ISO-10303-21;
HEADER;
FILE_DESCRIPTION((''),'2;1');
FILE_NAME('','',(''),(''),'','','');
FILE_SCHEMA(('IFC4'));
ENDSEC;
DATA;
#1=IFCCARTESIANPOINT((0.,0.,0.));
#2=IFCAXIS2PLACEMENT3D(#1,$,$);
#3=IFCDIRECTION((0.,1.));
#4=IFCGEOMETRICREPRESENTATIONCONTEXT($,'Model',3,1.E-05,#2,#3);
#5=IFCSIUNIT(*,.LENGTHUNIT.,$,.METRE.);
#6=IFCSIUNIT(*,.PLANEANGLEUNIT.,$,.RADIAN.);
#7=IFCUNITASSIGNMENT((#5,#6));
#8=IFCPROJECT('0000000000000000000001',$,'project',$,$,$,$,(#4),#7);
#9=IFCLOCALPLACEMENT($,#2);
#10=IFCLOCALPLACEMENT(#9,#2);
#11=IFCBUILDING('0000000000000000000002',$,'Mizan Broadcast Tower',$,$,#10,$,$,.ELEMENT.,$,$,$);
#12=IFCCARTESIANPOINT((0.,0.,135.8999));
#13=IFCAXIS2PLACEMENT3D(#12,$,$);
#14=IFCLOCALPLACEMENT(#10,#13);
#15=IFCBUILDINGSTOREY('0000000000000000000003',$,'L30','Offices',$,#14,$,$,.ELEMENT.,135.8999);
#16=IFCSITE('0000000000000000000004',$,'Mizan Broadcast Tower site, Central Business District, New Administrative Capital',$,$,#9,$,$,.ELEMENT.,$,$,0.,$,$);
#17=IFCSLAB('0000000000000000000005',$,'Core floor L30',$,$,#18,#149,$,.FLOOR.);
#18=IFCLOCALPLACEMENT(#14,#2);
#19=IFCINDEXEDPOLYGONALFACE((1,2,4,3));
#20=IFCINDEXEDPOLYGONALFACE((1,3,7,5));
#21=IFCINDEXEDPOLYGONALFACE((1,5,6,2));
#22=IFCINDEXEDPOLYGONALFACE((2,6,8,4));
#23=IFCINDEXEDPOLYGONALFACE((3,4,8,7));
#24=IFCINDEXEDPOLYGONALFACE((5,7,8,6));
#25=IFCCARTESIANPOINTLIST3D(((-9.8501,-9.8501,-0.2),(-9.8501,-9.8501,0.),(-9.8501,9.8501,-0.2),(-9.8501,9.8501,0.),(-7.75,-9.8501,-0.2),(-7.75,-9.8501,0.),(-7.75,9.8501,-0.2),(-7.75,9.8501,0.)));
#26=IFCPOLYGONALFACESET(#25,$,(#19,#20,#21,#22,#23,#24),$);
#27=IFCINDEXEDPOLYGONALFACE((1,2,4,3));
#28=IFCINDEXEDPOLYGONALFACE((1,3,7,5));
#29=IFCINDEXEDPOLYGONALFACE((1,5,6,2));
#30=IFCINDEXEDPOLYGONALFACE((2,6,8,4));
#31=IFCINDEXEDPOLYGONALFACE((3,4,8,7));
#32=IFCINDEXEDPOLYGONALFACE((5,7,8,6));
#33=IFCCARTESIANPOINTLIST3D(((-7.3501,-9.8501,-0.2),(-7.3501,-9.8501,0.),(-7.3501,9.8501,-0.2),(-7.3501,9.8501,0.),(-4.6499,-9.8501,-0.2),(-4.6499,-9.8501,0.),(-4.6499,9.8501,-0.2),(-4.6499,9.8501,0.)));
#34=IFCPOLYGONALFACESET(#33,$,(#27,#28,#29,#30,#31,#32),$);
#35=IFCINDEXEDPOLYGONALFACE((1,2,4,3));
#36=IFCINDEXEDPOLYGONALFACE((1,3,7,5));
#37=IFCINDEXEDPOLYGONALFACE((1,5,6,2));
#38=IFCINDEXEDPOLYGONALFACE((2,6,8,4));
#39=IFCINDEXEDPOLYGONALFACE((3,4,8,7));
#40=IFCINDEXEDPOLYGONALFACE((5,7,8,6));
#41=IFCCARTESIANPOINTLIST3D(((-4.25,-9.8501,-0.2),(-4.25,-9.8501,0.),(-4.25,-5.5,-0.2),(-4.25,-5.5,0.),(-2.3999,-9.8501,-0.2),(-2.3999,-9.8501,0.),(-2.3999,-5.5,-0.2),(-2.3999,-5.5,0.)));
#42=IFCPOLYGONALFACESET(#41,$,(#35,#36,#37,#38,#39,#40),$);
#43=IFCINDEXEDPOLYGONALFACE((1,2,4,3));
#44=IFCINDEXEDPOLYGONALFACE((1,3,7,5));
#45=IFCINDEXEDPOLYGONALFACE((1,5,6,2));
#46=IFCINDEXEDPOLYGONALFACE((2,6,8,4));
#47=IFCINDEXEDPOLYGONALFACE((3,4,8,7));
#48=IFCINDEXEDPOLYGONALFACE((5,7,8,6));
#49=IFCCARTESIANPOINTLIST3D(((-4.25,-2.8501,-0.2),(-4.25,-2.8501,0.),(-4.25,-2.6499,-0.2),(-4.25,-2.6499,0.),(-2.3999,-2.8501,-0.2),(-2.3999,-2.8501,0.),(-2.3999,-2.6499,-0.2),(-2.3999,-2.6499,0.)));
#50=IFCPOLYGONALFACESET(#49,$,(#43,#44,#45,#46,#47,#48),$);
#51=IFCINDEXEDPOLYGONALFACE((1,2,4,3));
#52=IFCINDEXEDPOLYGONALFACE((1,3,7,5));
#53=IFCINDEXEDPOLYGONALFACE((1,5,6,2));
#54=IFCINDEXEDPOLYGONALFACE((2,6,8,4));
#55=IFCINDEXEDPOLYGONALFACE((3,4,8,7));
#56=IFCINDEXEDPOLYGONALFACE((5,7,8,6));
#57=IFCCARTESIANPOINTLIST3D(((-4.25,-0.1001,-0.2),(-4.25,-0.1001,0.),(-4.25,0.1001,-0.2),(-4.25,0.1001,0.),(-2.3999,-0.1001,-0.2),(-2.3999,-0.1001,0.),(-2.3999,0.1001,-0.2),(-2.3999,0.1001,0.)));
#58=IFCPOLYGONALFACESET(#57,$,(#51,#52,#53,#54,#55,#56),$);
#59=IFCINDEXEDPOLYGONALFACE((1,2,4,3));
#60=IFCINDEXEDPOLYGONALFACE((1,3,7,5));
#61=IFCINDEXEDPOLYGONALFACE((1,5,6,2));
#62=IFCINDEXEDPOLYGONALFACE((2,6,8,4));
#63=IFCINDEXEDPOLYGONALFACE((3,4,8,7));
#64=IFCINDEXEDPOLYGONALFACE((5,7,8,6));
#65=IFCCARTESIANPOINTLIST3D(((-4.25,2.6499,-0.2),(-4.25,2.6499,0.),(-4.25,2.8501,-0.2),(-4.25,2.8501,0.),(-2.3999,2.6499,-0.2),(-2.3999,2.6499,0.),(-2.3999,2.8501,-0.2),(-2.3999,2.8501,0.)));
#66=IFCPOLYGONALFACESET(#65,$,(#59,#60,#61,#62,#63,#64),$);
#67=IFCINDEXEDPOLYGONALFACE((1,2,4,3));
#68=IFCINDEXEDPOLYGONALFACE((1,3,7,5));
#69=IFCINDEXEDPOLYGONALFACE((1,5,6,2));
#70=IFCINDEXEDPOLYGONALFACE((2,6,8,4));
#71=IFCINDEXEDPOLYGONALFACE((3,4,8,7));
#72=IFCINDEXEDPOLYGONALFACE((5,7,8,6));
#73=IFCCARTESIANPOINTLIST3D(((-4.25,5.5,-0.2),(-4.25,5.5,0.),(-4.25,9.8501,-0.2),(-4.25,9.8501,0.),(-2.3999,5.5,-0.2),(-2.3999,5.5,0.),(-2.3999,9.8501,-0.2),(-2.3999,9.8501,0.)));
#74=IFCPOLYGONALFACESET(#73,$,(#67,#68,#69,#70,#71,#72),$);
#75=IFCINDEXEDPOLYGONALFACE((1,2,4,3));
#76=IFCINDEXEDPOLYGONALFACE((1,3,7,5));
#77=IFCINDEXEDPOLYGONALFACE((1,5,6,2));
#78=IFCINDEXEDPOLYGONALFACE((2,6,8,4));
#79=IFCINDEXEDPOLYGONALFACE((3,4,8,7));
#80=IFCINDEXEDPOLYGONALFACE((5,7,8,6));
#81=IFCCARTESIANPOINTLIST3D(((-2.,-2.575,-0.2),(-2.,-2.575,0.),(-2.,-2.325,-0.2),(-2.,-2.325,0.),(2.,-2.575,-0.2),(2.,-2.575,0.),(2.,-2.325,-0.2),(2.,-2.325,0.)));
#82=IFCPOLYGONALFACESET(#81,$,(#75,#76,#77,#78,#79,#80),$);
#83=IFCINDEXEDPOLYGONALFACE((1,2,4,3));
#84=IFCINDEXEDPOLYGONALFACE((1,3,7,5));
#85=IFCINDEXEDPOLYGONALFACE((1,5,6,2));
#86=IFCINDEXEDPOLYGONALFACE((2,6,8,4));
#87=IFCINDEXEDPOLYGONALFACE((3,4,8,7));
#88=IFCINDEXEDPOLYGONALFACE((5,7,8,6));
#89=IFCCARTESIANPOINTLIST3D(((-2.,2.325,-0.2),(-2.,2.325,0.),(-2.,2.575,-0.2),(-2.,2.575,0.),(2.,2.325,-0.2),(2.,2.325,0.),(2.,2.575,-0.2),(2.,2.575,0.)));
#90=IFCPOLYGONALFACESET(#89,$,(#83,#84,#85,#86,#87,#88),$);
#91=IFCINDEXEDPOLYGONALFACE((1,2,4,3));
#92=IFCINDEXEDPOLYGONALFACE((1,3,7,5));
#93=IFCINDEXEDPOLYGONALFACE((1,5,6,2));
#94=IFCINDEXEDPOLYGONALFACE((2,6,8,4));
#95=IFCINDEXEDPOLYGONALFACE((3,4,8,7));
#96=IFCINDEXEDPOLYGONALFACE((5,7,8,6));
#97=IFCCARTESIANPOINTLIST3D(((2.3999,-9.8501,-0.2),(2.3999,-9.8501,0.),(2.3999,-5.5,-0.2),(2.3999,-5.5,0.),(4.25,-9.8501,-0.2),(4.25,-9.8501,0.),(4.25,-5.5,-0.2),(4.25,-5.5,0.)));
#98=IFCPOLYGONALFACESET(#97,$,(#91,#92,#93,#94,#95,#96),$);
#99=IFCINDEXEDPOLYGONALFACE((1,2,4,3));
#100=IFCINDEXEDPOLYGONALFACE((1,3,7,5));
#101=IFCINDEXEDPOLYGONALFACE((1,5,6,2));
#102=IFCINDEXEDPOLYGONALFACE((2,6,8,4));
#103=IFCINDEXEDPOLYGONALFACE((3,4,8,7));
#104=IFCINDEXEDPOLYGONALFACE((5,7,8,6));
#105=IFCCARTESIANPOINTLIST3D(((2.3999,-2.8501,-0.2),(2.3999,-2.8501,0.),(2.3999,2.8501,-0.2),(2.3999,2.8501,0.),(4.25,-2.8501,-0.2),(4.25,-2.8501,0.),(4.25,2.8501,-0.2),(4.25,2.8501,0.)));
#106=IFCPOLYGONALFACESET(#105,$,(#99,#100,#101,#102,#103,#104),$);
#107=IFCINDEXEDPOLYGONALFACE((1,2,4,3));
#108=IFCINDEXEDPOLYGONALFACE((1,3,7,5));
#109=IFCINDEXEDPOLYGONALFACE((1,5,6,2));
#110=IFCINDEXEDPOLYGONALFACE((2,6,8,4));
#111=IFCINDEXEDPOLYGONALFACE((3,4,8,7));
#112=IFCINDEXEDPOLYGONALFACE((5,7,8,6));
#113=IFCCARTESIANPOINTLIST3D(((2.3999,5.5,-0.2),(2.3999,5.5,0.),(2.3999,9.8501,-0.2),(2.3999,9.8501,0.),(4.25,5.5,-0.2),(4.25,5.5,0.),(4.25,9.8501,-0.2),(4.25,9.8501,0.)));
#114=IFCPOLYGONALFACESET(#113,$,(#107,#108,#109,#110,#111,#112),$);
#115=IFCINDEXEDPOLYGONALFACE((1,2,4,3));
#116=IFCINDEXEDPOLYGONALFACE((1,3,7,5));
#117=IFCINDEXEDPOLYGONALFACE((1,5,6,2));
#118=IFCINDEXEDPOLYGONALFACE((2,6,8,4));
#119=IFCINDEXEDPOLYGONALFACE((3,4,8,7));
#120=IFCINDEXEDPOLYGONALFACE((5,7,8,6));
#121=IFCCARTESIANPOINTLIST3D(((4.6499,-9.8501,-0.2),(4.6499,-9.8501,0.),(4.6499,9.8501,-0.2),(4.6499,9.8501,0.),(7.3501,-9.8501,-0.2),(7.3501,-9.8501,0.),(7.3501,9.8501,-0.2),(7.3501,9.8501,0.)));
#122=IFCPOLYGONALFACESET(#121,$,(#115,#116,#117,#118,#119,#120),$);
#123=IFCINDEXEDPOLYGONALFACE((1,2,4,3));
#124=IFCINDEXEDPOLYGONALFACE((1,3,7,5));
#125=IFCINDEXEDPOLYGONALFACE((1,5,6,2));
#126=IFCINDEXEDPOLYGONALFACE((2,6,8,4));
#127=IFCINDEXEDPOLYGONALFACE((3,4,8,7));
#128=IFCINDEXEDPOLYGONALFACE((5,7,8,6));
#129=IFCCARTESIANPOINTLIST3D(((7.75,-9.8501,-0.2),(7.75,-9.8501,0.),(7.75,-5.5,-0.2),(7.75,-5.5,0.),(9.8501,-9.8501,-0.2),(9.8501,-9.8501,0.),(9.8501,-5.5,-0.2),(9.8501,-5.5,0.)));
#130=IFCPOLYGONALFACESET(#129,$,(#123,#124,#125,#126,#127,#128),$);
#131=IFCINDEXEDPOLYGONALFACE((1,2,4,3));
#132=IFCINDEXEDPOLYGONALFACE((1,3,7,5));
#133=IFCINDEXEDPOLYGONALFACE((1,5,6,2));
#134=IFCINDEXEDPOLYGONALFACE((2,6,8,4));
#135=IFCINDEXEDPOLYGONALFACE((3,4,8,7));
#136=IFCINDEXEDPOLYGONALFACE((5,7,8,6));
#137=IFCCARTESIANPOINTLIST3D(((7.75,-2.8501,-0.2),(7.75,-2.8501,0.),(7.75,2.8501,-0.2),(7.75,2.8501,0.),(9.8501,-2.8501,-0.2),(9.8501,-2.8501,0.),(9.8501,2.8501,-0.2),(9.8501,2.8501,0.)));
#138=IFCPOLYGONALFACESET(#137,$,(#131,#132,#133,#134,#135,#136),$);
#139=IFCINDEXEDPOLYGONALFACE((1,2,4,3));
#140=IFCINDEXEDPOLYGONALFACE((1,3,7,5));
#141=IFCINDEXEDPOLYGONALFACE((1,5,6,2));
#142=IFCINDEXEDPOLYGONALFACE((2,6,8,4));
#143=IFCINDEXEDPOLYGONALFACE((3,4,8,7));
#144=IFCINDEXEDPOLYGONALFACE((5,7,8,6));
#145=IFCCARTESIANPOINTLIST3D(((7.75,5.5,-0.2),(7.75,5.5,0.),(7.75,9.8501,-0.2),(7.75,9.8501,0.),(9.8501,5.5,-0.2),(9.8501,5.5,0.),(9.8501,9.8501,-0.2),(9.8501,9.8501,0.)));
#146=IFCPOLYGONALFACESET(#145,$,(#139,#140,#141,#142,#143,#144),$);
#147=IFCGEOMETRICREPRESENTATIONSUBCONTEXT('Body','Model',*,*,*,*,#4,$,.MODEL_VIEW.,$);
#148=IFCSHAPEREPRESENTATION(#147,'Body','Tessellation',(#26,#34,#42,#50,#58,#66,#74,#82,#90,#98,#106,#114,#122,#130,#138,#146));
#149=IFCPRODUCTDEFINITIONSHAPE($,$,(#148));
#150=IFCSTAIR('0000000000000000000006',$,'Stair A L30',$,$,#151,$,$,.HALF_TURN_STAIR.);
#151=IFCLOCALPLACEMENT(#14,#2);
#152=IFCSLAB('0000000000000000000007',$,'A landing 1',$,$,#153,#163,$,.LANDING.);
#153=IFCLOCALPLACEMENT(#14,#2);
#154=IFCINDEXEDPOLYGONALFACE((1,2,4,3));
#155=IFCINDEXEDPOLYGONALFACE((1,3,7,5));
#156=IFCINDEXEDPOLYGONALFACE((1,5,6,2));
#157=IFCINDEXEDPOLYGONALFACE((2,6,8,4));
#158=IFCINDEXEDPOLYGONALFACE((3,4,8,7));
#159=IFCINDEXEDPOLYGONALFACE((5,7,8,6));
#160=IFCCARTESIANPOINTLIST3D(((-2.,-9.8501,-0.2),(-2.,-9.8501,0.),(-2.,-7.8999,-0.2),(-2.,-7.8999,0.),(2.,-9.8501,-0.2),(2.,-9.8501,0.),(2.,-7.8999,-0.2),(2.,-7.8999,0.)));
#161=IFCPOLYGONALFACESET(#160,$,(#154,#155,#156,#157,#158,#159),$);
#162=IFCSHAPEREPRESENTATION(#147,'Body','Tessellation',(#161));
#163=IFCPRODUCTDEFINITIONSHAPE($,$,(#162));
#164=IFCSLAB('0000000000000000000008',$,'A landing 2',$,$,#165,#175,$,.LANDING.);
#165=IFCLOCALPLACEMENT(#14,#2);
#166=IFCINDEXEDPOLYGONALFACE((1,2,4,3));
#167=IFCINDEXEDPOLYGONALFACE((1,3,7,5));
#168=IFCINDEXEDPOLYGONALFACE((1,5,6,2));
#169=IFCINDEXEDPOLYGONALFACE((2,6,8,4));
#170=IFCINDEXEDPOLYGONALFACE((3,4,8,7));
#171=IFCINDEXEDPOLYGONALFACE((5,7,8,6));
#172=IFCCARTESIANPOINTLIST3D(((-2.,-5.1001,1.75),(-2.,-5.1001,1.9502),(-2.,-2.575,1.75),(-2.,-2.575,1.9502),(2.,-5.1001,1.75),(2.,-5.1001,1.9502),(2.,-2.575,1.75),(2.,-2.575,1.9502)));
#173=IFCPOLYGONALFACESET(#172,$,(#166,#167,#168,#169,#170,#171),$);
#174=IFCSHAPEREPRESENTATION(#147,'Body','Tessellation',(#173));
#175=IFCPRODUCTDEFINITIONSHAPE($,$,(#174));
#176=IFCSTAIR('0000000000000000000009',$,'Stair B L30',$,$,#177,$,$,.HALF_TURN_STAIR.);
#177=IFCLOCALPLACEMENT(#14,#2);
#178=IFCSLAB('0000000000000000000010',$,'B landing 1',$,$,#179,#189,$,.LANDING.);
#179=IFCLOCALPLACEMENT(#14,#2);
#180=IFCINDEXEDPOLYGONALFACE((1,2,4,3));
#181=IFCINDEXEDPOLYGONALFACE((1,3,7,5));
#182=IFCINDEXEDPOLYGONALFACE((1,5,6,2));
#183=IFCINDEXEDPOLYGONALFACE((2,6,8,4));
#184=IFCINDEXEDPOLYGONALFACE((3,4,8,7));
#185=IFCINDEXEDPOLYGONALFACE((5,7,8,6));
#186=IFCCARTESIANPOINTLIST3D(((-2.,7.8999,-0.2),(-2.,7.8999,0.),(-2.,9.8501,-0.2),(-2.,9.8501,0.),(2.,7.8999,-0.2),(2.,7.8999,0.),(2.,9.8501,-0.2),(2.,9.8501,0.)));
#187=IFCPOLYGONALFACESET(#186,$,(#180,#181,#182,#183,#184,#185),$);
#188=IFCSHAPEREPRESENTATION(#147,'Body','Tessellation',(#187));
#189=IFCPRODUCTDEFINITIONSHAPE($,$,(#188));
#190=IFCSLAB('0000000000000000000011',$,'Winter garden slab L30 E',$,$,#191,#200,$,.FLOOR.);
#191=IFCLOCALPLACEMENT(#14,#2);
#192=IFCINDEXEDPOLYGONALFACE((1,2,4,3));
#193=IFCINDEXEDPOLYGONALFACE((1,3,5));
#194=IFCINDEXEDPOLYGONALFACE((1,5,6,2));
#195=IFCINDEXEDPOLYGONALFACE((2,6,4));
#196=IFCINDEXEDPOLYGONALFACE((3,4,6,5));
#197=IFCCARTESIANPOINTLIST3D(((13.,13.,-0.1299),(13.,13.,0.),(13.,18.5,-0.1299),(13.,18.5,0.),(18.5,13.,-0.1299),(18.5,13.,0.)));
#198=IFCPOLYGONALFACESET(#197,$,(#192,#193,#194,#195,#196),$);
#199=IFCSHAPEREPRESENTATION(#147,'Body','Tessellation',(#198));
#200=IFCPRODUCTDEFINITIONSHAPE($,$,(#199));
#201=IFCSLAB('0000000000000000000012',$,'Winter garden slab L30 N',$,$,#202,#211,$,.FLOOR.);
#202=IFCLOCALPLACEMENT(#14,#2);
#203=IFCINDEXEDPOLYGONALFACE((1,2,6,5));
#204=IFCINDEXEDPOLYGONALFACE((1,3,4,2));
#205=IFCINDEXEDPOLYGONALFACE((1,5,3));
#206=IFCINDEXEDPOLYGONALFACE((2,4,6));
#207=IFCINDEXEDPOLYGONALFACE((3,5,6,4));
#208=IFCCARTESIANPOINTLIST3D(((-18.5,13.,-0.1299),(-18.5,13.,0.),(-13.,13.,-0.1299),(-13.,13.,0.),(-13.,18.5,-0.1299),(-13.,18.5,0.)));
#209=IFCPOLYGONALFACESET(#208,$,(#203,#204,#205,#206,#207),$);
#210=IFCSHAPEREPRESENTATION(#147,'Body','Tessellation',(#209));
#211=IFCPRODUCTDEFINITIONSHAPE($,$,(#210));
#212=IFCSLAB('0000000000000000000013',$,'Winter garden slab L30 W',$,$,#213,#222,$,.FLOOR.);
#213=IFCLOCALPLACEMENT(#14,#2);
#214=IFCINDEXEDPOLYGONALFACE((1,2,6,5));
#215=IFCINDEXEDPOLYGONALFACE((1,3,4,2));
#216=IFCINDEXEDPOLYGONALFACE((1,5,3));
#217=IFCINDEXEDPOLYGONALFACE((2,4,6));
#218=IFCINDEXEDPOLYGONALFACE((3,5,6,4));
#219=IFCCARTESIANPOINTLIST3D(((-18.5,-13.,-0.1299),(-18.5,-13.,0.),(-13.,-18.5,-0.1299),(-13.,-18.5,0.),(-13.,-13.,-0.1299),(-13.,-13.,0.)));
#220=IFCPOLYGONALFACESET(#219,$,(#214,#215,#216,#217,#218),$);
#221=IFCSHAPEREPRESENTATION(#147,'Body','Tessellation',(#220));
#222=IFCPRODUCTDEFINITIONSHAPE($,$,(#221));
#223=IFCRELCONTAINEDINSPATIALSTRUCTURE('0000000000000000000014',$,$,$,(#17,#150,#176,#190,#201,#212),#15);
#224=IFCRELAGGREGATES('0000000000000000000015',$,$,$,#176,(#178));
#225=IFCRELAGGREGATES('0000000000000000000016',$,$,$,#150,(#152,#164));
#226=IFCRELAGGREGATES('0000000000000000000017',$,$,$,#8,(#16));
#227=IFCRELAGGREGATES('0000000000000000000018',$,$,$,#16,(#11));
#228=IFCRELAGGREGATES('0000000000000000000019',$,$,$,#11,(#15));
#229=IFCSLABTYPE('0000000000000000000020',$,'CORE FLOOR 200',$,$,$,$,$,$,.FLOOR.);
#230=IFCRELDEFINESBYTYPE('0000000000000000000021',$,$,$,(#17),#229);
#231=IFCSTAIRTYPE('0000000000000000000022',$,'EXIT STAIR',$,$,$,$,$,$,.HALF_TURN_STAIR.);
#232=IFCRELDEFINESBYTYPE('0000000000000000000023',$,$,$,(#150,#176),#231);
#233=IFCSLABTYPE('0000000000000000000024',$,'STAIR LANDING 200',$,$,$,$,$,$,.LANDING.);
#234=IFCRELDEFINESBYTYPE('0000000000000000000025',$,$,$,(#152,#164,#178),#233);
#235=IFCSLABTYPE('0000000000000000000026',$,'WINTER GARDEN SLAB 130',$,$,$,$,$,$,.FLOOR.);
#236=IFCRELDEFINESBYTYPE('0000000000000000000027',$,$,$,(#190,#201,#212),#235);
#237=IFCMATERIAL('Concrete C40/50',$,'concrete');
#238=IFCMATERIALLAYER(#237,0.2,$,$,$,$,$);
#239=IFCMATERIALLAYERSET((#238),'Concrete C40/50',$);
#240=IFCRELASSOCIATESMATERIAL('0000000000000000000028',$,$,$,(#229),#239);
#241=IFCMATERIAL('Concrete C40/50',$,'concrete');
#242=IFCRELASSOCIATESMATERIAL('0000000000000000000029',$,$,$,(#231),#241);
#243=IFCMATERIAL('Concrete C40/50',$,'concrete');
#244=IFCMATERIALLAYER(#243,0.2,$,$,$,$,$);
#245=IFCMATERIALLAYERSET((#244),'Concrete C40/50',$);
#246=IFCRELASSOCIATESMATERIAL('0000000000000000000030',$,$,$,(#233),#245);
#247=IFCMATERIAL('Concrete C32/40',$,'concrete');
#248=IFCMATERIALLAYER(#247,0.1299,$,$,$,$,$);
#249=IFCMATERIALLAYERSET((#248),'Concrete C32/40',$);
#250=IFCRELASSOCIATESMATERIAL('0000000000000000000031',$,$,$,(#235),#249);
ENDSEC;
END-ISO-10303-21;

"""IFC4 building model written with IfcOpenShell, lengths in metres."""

from ifc_helpers import new_model, si_unit, direction, frame, origin, place, context, subcontext, project, spatial, polyline, outline, extrude, material, layer, layer_set, type_object, element, aggregate, save


model = new_model("IFC4")

# Units and contexts
model_context = context("Model", 3, precision=1e-05, world=origin(), true_north=direction((0.0, 1.0)))
body_context = subcontext(model_context, "Body", "Model", "MODEL_VIEW")
ifc_project = project(units=[si_unit("LENGTHUNIT", "METRE"), si_unit("PLANEANGLEUNIT", "RADIAN")], contexts=[model_context])

# Site, building, storey
site_placement = place(None, origin())
site = spatial("IfcSite", under=ifc_project, at=site_placement, Name="Mizan Broadcast Tower site, Central Business District, New Administrative Capital", CompositionType="ELEMENT", RefElevation=0.0)
building_placement = place(site_placement, origin())
building = spatial("IfcBuilding", under=site, at=building_placement, Name="Mizan Broadcast Tower", CompositionType="ELEMENT")
storey_placement = place(building_placement, frame((0.0, 0.0, 135.8999)))
storey = spatial("IfcBuildingStorey", under=building, at=storey_placement, Name="L30", Description="Offices", CompositionType="ELEMENT", Elevation=135.8999)

# Slab
ifc_material_1 = material(Name="Concrete C40/50", Category="concrete")
ifc_layer_1 = layer(ifc_material_1, 0.2)
ifc_layer_set_1 = layer_set([ifc_layer_1], Name="Concrete C40/50")
slab_type_1 = type_object("IfcSlabType", Name="CORE FLOOR 200", PredefinedType="FLOOR", material=ifc_layer_set_1)
slab_1_placement = place(storey_placement, frame((0.0, 0.0, -0.2)))
element("IfcSlab", 1, at=slab_1_placement, inside=storey, type_object=slab_type_1, Name="Core floor L30", PredefinedType="FLOOR", context=body_context, shape_type="SweptSolid", body=[
    extrude(outline(polyline([(-9.8501, -9.8501), (-7.75, -9.8501), (-7.75, 9.8501), (-9.8501, 9.8501), (-9.8501, -9.8501)])), origin(), (0.0, 0.0, 1.0), 0.2),
    extrude(outline(polyline([(-4.6499, 9.8501), (-7.3501, 9.8501), (-7.3501, -9.8501), (-4.6499, -9.8501), (-4.6499, 9.8501)])), origin(), (0.0, 0.0, 1.0), 0.2),
    extrude(outline(polyline([(-4.25, -5.5), (-4.25, -9.8501), (-2.3999, -9.8501), (-2.3999, -5.5), (-4.25, -5.5)])), origin(), (0.0, 0.0, 1.0), 0.2),
    extrude(outline(polyline([(-4.25, -2.8501), (-2.3999, -2.8501), (-2.3999, -2.6499), (-4.25, -2.6499), (-4.25, -2.8501)])), origin(), (0.0, 0.0, 1.0), 0.2),
    extrude(outline(polyline([(-4.25, -0.1001), (-2.3999, -0.1001), (-2.3999, 0.1001), (-4.25, 0.1001), (-4.25, -0.1001)])), origin(), (0.0, 0.0, 1.0), 0.2),
    extrude(outline(polyline([(-4.25, 2.6499), (-2.3999, 2.6499), (-2.3999, 2.8501), (-4.25, 2.8501), (-4.25, 2.6499)])), origin(), (0.0, 0.0, 1.0), 0.2),
    extrude(outline(polyline([(-4.25, 5.5), (-2.3999, 5.5), (-2.3999, 9.8501), (-4.25, 9.8501), (-4.25, 5.5)])), origin(), (0.0, 0.0, 1.0), 0.2),
    extrude(outline(polyline([(2.0, -2.325), (-2.0, -2.325), (-2.0, -2.575), (2.0, -2.575), (2.0, -2.325)])), origin(), (0.0, 0.0, 1.0), 0.2),
    extrude(outline(polyline([(2.0, 2.575), (-2.0, 2.575), (-2.0, 2.325), (2.0, 2.325), (2.0, 2.575)])), origin(), (0.0, 0.0, 1.0), 0.2),
    extrude(outline(polyline([(4.25, -9.8501), (4.25, -5.5), (2.3999, -5.5), (2.3999, -9.8501), (4.25, -9.8501)])), origin(), (0.0, 0.0, 1.0), 0.2),
    extrude(outline(polyline([(4.25, -2.8501), (4.25, 2.8501), (2.3999, 2.8501), (2.3999, -2.8501), (4.25, -2.8501)])), origin(), (0.0, 0.0, 1.0), 0.2),
    extrude(outline(polyline([(4.25, 5.5), (4.25, 9.8501), (2.3999, 9.8501), (2.3999, 5.5), (4.25, 5.5)])), origin(), (0.0, 0.0, 1.0), 0.2),
    extrude(outline(polyline([(4.6499, 9.8501), (4.6499, -9.8501), (7.3501, -9.8501), (7.3501, 9.8501), (4.6499, 9.8501)])), origin(), (0.0, 0.0, 1.0), 0.2),
    extrude(outline(polyline([(9.8501, -9.8501), (9.8501, -5.5), (7.75, -5.5), (7.75, -9.8501), (9.8501, -9.8501)])), origin(), (0.0, 0.0, 1.0), 0.2),
    extrude(outline(polyline([(7.75, -2.8501), (9.8501, -2.8501), (9.8501, 2.8501), (7.75, 2.8501), (7.75, -2.8501)])), origin(), (0.0, 0.0, 1.0), 0.2),
    extrude(outline(polyline([(9.8501, 5.5), (9.8501, 9.8501), (7.75, 9.8501), (7.75, 5.5), (9.8501, 5.5)])), origin(), (0.0, 0.0, 1.0), 0.2),
])

# Stair, slabs
ifc_material_2 = material(Name="Concrete C40/50", Category="concrete")
stair_type = type_object("IfcStairType", Name="EXIT STAIR", PredefinedType="HALF_TURN_STAIR", material=ifc_material_2)
stair_1_placement = place(storey_placement, origin())
stair_1 = element("IfcStair", 2, at=stair_1_placement, inside=storey, type_object=stair_type, Name="Stair A L30", PredefinedType="HALF_TURN_STAIR")
ifc_material_3 = material(Name="Concrete C40/50", Category="concrete")
ifc_layer_2 = layer(ifc_material_3, 0.2)
ifc_layer_set_2 = layer_set([ifc_layer_2], Name="Concrete C40/50")
slab_type_2 = type_object("IfcSlabType", Name="STAIR LANDING 200", PredefinedType="LANDING", material=ifc_layer_set_2)
slab_2_placement = place(storey_placement, frame((0.0, 0.0, -0.2)))
slab_2 = element("IfcSlab", 3, at=slab_2_placement, type_object=slab_type_2, Name="A landing 1", PredefinedType="LANDING", context=body_context, shape_type="SweptSolid", body=[
    extrude(outline(polyline([(-2.0, -9.8501), (-2.0, -7.8999), (2.0, -7.8999), (2.0, -9.8501), (-2.0, -9.8501)])), origin(), (0.0, 0.0, 1.0), 0.2),
])
slab_3_placement = place(storey_placement, frame((0.0, 0.0, 1.75)))
slab_3 = element("IfcSlab", 4, at=slab_3_placement, type_object=slab_type_2, Name="A landing 2", PredefinedType="LANDING", context=body_context, shape_type="SweptSolid", body=[
    extrude(outline(polyline([(-2.0, -5.1001), (-2.0, -2.575), (2.0, -2.575), (2.0, -5.1001), (-2.0, -5.1001)])), origin(), (0.0, 0.0, 1.0), 0.2002),
])

# Stair, slab
stair_2_placement = place(storey_placement, origin())
stair_2 = element("IfcStair", 5, at=stair_2_placement, inside=storey, type_object=stair_type, Name="Stair B L30", PredefinedType="HALF_TURN_STAIR")
slab_4_placement = place(storey_placement, frame((0.0, 0.0, -0.2)))
slab_4 = element("IfcSlab", 6, at=slab_4_placement, type_object=slab_type_2, Name="B landing 1", PredefinedType="LANDING", context=body_context, shape_type="SweptSolid", body=[
    extrude(outline(polyline([(2.0, 9.8501), (2.0, 7.8999), (-2.0, 7.8999), (-2.0, 9.8501), (2.0, 9.8501)])), origin(), (0.0, 0.0, 1.0), 0.2),
])
aggregate(stair_2, [slab_4])

# Slabs
ifc_material_4 = material(Name="Concrete C32/40", Category="concrete")
ifc_layer_3 = layer(ifc_material_4, 0.1299)
ifc_layer_set_3 = layer_set([ifc_layer_3], Name="Concrete C32/40")
slab_type_3 = type_object("IfcSlabType", Name="WINTER GARDEN SLAB 130", PredefinedType="FLOOR", material=ifc_layer_set_3)
slab_5_placement = place(storey_placement, frame((0.0, 0.0, -0.1299)))
element("IfcSlab", 7, at=slab_5_placement, inside=storey, type_object=slab_type_3, Name="Winter garden slab L30 E", PredefinedType="FLOOR", context=body_context, shape_type="SweptSolid", body=[
    extrude(outline(polyline([(13.0, 13.0), (18.5, 13.0), (13.0, 18.5), (13.0, 13.0)])), origin(), (0.0, 0.0, 1.0), 0.1299),
])
slab_6_placement = place(storey_placement, frame((0.0, 0.0, -0.1299)))
element("IfcSlab", 8, at=slab_6_placement, inside=storey, type_object=slab_type_3, Name="Winter garden slab L30 N", PredefinedType="FLOOR", context=body_context, shape_type="SweptSolid", body=[
    extrude(outline(polyline([(-13.0, 13.0), (-13.0, 18.5), (-18.5, 13.0), (-13.0, 13.0)])), origin(), (0.0, 0.0, 1.0), 0.1299),
])
slab_7_placement = place(storey_placement, frame((0.0, 0.0, -0.1299)))
element("IfcSlab", 9, at=slab_7_placement, inside=storey, type_object=slab_type_3, Name="Winter garden slab L30 W", PredefinedType="FLOOR", context=body_context, shape_type="SweptSolid", body=[
    extrude(outline(polyline([(-13.0, -13.0), (-18.5, -13.0), (-13.0, -18.5), (-13.0, -13.0)])), origin(), (0.0, 0.0, 1.0), 0.1299),
])

aggregate(stair_1, [slab_2, slab_3])

save(model, "model.ifc")
